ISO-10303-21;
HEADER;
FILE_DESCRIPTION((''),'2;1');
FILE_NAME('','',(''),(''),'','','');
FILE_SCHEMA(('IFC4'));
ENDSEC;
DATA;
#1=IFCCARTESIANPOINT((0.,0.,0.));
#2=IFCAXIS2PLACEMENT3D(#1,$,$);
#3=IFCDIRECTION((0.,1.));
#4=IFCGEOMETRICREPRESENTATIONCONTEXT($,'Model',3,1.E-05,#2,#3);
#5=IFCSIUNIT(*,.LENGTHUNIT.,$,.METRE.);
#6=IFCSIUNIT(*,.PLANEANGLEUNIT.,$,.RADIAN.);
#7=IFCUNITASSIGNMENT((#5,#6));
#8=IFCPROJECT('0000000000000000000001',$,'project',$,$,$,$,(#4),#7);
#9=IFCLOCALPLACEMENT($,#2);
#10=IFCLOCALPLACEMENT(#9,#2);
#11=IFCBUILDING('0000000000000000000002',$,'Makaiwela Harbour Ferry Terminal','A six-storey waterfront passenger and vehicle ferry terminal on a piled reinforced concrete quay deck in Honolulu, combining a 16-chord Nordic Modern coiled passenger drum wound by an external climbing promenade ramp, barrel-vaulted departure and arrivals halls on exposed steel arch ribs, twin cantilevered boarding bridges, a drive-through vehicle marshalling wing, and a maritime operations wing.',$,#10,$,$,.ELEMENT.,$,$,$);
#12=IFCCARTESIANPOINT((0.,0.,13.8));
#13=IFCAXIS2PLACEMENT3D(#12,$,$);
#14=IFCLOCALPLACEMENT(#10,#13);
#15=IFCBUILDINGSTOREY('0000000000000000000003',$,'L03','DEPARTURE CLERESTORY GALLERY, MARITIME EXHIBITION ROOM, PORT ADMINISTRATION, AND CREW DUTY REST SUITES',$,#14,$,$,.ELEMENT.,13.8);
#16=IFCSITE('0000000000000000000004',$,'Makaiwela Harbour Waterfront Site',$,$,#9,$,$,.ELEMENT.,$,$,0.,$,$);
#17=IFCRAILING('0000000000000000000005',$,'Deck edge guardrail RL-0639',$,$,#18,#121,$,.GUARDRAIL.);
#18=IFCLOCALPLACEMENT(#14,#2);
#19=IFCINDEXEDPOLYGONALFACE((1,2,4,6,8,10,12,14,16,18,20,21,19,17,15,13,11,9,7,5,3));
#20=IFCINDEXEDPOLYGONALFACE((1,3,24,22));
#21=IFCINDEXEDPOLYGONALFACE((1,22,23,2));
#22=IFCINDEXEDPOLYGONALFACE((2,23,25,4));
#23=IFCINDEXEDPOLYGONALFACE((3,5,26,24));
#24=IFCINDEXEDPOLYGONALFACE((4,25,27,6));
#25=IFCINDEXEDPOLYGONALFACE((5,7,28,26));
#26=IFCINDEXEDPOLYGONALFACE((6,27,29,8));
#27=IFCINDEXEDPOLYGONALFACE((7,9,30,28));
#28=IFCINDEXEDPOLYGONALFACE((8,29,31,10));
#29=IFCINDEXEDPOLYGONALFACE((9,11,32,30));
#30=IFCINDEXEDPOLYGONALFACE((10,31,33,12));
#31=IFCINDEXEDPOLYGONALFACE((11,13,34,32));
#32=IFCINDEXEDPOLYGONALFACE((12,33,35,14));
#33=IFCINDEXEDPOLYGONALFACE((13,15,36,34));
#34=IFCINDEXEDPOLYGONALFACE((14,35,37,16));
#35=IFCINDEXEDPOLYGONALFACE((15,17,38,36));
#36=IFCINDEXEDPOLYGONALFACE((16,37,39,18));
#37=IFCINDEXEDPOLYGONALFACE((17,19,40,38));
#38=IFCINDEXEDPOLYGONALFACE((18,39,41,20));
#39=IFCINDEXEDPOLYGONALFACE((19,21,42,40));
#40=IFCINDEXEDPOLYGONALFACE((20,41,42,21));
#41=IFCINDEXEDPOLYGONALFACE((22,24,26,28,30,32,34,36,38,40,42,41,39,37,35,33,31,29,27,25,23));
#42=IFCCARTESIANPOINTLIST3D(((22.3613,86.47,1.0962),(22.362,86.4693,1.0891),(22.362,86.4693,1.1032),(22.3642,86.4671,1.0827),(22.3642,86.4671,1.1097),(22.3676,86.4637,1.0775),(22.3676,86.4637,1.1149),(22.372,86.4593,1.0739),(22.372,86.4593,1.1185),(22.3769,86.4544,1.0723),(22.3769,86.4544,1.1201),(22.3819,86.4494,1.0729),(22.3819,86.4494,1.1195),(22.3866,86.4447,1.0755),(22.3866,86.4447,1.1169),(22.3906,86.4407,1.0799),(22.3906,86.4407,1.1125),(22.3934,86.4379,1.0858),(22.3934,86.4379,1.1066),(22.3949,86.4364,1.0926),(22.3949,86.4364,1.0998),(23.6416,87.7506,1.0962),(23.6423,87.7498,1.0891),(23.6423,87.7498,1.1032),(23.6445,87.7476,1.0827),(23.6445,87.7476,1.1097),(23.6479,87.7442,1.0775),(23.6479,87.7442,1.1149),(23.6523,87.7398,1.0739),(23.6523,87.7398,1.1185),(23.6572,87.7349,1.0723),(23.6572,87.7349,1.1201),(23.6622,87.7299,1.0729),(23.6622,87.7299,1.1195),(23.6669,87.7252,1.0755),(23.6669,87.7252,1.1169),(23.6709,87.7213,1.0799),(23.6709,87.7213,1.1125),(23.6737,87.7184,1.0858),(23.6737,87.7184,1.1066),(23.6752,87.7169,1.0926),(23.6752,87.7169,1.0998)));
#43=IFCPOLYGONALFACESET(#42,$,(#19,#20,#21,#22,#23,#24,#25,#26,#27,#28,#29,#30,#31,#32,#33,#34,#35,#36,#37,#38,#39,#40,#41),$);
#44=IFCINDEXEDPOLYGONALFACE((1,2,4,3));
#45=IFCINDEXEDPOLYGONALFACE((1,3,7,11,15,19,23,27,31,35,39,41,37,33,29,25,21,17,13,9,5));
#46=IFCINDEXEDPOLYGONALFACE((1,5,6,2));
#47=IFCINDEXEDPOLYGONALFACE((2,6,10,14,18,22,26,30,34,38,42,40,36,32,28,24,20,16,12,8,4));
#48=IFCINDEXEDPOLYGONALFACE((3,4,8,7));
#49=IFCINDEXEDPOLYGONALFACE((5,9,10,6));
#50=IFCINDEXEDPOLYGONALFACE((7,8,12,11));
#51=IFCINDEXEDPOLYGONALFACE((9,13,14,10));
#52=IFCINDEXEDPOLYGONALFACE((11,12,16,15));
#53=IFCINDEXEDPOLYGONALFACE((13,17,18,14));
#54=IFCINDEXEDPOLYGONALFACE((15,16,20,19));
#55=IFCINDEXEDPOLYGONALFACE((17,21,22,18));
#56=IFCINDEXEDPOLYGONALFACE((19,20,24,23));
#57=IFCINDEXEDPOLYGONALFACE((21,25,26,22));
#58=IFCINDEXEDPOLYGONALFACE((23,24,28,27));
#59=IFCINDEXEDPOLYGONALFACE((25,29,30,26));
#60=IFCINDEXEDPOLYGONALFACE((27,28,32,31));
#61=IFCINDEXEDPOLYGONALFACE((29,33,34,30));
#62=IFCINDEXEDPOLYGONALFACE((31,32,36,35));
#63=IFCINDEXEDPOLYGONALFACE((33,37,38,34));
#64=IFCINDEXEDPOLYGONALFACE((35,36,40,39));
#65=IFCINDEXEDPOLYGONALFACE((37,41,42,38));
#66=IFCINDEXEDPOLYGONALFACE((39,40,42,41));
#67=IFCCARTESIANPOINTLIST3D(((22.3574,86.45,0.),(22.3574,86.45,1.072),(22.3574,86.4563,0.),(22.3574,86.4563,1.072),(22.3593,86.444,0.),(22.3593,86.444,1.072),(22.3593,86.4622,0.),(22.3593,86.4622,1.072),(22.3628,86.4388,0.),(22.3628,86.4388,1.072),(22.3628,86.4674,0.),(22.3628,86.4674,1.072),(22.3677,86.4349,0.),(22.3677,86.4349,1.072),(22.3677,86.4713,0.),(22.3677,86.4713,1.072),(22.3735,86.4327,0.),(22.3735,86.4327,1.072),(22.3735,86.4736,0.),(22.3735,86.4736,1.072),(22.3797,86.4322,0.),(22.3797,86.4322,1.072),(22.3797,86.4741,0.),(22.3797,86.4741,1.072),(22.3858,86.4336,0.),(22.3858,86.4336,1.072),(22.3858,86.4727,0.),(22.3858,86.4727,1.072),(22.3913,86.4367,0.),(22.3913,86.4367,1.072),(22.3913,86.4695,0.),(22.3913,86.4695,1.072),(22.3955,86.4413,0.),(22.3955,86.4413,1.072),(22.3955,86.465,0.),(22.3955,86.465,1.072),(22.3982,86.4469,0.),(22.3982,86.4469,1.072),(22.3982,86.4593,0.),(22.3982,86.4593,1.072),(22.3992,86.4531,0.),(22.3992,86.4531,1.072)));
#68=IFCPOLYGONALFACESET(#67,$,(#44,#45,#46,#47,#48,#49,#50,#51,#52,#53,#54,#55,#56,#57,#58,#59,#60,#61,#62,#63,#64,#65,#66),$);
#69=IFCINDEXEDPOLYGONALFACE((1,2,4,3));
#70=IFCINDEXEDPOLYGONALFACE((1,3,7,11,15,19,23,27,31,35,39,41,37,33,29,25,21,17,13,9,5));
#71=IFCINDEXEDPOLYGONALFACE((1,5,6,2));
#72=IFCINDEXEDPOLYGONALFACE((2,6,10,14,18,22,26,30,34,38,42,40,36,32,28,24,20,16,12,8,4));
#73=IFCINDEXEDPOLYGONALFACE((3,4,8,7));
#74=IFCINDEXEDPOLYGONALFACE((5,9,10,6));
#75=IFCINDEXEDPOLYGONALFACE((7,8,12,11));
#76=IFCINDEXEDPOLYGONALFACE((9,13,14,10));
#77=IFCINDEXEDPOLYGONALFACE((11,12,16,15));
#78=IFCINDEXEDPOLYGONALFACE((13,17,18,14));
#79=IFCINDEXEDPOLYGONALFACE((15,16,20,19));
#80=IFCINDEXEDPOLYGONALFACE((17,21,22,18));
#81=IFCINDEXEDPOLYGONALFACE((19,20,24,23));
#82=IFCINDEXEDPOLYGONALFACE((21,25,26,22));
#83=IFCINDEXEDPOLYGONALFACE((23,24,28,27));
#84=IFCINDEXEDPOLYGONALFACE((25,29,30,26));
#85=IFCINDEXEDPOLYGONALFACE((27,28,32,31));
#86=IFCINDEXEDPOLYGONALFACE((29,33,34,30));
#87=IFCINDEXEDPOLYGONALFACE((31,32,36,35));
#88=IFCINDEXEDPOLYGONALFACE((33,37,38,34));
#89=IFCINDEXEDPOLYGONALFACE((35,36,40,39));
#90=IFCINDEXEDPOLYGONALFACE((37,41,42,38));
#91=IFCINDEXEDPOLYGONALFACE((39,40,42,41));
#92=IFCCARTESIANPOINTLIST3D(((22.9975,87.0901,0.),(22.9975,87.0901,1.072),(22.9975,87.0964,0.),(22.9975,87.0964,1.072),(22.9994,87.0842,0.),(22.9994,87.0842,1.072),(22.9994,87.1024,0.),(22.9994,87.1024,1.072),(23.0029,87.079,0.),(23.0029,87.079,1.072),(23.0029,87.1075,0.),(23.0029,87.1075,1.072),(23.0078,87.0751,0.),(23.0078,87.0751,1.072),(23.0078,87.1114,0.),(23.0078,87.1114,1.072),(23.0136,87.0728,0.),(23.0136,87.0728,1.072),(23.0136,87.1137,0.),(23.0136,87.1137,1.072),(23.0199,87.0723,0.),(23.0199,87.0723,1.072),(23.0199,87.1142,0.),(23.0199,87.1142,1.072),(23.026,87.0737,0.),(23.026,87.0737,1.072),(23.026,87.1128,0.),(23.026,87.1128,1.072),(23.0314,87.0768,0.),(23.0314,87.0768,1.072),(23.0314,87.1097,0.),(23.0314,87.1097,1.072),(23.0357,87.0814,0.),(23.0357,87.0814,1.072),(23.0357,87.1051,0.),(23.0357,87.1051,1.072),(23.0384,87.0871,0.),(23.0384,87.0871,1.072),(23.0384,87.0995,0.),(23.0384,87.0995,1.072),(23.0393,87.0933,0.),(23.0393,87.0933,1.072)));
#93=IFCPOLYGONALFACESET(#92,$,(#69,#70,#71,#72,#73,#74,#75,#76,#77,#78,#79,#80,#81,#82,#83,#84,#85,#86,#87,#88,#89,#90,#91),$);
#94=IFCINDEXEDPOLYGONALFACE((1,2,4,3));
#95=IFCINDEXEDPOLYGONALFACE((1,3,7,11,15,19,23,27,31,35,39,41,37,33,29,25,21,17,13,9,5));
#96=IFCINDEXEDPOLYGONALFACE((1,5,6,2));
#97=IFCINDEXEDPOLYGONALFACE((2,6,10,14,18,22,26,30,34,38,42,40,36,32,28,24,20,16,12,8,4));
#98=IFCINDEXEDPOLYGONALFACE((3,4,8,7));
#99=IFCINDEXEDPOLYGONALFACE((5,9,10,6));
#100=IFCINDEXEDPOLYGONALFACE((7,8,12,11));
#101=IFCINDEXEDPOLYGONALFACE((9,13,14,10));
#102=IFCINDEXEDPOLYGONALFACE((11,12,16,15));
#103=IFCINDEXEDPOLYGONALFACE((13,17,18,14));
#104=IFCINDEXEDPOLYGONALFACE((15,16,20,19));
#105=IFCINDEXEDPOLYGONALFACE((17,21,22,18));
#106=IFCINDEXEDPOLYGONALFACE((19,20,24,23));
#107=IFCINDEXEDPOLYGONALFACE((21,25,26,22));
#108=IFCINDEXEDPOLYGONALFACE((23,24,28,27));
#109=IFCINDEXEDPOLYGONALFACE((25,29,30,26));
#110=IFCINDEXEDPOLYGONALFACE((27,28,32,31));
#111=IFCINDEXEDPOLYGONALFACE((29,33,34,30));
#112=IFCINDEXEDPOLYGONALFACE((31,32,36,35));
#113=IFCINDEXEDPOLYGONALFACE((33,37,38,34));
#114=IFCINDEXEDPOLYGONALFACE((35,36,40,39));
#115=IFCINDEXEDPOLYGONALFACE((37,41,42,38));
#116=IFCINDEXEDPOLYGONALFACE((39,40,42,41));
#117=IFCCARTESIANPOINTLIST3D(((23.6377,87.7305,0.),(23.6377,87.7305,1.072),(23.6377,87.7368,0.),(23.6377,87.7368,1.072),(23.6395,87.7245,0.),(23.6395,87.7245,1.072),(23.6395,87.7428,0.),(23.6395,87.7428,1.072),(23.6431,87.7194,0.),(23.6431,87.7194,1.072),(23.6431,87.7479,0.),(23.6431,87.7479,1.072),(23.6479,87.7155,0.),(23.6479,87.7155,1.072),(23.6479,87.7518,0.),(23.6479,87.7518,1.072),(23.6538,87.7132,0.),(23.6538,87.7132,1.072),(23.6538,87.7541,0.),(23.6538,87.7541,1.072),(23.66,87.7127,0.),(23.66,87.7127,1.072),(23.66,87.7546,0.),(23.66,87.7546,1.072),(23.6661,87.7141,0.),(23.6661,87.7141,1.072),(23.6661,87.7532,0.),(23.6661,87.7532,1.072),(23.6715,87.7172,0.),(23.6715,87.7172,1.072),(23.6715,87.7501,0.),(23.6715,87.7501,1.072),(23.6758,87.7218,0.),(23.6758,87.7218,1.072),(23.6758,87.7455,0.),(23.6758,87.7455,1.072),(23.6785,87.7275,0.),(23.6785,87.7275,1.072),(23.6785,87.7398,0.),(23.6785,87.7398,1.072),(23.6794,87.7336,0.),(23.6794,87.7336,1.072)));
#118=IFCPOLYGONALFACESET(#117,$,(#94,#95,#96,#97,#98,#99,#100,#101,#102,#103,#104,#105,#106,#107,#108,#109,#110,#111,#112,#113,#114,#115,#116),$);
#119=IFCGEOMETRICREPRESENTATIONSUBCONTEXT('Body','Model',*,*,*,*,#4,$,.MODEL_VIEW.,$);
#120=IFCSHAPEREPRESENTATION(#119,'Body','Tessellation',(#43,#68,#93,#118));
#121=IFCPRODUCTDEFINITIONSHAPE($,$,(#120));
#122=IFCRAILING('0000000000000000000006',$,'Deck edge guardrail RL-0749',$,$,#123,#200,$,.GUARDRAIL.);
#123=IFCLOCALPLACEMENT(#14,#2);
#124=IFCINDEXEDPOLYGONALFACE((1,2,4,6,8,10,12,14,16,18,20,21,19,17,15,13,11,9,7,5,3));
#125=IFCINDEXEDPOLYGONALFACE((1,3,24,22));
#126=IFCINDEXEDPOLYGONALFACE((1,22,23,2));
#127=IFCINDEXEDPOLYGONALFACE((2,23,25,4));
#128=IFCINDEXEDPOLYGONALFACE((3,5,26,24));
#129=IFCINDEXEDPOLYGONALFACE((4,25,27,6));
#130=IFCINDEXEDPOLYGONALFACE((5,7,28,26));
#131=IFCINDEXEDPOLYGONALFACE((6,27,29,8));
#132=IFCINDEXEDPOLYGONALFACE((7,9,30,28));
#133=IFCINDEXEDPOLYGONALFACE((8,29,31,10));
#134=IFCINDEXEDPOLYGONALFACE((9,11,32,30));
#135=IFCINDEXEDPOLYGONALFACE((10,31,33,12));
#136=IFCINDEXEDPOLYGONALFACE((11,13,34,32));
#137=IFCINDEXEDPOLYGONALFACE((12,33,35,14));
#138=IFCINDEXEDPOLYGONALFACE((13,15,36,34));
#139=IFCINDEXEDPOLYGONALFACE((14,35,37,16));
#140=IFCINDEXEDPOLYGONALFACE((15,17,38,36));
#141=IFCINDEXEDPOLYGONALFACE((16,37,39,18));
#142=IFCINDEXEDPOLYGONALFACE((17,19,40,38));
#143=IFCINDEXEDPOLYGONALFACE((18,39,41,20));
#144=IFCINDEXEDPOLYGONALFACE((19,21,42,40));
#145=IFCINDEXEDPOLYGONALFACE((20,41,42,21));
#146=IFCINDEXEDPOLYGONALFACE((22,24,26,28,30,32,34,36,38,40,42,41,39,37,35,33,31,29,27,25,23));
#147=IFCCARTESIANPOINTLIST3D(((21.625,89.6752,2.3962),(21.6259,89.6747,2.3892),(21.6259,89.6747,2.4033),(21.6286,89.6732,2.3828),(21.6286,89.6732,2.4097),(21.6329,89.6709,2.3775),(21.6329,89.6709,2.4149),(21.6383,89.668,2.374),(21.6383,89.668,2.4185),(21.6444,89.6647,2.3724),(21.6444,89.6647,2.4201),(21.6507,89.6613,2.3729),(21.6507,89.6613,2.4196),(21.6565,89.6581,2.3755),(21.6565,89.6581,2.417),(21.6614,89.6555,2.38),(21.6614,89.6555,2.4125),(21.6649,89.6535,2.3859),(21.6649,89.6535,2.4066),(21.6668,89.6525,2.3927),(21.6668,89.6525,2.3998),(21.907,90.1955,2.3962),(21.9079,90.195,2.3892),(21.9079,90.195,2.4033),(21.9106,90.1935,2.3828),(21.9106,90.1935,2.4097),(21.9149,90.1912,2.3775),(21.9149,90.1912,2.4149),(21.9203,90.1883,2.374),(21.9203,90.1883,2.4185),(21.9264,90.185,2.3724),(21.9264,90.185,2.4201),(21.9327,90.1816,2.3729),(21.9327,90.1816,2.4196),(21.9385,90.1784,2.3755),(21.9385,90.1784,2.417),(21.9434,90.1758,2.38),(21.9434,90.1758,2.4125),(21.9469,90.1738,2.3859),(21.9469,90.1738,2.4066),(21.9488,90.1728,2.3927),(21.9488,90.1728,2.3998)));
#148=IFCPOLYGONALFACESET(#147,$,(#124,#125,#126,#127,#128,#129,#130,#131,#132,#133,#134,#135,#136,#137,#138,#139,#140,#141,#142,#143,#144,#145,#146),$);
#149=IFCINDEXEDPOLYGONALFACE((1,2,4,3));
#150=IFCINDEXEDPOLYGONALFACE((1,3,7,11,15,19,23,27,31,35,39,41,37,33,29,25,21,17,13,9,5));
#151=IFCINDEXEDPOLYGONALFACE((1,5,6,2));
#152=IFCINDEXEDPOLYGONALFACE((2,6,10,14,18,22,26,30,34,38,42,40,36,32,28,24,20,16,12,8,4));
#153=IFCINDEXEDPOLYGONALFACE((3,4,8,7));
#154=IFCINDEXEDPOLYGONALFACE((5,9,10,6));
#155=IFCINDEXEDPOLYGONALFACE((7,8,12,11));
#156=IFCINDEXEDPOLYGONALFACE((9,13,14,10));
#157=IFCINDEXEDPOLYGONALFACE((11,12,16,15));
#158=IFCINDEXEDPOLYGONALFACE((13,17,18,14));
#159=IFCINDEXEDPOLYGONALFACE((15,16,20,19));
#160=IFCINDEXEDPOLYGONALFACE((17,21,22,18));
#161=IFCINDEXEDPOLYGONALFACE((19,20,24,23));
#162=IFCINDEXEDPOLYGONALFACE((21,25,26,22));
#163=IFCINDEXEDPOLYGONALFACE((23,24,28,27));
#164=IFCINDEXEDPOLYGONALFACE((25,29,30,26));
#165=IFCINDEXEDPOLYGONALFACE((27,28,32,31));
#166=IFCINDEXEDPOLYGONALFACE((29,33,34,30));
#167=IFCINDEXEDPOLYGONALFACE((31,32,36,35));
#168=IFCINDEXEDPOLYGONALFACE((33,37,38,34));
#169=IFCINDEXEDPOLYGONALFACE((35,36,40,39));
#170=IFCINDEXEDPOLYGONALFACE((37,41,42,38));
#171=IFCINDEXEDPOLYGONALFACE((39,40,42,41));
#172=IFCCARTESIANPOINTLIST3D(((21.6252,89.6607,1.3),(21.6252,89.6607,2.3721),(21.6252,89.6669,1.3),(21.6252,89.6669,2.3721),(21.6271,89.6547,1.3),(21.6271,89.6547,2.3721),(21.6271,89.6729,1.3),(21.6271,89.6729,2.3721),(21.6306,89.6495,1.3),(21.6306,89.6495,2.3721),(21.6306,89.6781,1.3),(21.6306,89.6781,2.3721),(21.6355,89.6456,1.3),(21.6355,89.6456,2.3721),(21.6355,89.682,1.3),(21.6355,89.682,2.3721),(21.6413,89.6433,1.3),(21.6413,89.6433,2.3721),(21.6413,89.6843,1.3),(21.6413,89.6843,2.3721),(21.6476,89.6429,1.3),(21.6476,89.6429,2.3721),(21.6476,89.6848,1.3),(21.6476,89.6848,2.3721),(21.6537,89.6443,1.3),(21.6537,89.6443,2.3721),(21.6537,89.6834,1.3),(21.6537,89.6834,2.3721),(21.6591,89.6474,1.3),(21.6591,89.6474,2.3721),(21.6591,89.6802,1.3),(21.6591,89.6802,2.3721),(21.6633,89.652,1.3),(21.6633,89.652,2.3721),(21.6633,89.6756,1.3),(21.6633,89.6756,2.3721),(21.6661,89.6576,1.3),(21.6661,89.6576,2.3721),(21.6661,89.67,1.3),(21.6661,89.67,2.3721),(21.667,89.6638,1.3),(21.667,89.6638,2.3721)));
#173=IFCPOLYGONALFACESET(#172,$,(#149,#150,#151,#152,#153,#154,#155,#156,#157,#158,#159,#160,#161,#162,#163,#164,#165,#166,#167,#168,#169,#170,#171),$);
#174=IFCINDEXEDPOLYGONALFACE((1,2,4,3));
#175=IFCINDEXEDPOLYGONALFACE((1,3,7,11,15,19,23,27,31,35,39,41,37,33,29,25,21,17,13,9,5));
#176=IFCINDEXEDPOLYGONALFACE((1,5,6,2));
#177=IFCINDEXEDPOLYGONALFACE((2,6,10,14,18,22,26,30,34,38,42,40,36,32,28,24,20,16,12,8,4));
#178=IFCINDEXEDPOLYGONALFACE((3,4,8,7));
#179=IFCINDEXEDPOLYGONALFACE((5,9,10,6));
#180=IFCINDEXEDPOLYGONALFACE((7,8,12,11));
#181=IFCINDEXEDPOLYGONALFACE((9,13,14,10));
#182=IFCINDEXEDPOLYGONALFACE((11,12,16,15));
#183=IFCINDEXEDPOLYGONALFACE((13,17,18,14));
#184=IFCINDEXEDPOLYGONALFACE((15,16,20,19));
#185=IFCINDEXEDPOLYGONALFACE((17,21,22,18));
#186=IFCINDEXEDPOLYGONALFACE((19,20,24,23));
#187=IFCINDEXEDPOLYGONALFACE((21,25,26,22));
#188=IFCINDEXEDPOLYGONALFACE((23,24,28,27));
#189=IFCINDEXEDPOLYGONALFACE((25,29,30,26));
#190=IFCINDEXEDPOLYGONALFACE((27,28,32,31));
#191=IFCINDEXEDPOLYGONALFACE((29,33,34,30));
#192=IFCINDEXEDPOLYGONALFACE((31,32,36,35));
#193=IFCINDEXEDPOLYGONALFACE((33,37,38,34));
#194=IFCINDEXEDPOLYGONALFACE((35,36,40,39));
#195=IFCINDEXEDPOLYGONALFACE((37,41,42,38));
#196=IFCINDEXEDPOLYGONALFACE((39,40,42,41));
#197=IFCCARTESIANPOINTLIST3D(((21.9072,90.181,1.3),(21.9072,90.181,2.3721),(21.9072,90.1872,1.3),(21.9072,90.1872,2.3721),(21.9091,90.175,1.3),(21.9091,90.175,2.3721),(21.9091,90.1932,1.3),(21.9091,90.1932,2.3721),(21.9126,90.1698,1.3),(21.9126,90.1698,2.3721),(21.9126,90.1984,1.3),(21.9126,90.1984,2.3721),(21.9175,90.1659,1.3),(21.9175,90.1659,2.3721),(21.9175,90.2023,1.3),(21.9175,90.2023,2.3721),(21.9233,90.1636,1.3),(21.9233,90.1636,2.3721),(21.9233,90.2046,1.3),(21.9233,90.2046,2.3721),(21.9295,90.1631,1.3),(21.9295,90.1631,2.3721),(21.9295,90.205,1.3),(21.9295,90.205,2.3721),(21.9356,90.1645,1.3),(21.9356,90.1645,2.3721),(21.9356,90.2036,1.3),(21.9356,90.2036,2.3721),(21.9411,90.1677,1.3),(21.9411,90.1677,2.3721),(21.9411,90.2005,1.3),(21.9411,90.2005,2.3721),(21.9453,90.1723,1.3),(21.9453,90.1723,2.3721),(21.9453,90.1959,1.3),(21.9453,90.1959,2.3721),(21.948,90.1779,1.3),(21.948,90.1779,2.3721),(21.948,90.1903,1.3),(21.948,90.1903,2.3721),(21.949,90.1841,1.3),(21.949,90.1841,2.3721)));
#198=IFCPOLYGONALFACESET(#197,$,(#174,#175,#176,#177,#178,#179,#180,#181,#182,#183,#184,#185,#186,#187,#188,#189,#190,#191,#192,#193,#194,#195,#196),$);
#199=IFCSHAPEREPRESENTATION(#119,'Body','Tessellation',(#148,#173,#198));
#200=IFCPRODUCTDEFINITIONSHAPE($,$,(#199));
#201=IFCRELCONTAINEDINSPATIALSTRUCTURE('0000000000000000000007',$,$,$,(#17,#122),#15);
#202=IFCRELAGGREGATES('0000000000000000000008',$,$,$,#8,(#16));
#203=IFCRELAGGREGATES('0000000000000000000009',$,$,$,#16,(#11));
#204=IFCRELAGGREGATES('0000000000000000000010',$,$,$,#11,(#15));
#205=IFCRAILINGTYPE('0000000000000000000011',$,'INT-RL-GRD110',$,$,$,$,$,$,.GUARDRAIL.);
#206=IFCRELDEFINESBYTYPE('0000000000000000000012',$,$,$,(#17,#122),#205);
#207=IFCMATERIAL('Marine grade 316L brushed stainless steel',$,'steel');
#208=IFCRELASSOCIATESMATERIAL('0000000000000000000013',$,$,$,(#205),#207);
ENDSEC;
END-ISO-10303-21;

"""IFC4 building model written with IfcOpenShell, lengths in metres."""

from ifc_helpers import new_model, si_unit, direction, frame, origin, origin_2d, place, context, subcontext, project, spatial, circle, extrude, material, type_object, element, save


model = new_model("IFC4")

# Units and contexts
model_context = context("Model", 3, precision=1e-05, world=origin(), true_north=direction((0.0, 1.0)))
body_context = subcontext(model_context, "Body", "Model", "MODEL_VIEW")
ifc_project = project(units=[si_unit("LENGTHUNIT", "METRE"), si_unit("PLANEANGLEUNIT", "RADIAN")], contexts=[model_context])

# Site, building, storey
site_placement = place(None, origin())
site = spatial("IfcSite", under=ifc_project, at=site_placement, Name="Makaiwela Harbour Waterfront Site", CompositionType="ELEMENT", RefElevation=0.0)
building_placement = place(site_placement, origin())
building = spatial("IfcBuilding", under=site, at=building_placement, Name="Makaiwela Harbour Ferry Terminal", Description="A six-storey waterfront passenger and vehicle ferry terminal on a piled reinforced concrete quay deck in Honolulu, combining a 16-chord Nordic Modern coiled passenger drum wound by an external climbing promenade ramp, barrel-vaulted departure and arrivals halls on exposed steel arch ribs, twin cantilevered boarding bridges, a drive-through vehicle marshalling wing, and a maritime operations wing.", CompositionType="ELEMENT")
storey_placement = place(building_placement, frame((0.0, 0.0, 13.8)))
storey = spatial("IfcBuildingStorey", under=building, at=storey_placement, Name="L03", Description="DEPARTURE CLERESTORY GALLERY, MARITIME EXHIBITION ROOM, PORT ADMINISTRATION, AND CREW DUTY REST SUITES", CompositionType="ELEMENT", Elevation=13.8)

# Railings
ifc_material_1 = material(Name="Marine grade 316L brushed stainless steel", Category="steel")
railing_type_1 = type_object("IfcRailingType", Name="INT-RL-GRD110", PredefinedType="GUARDRAIL", material=ifc_material_1)
railing_1_placement = place(storey_placement, frame((22.3782, 86.4531, 0.0)))
element("IfcRailing", 1, at=railing_1_placement, inside=storey, type_object=railing_type_1, Name="Deck edge guardrail RL-0639", PredefinedType="GUARDRAIL", context=body_context, shape_type="SweptSolid", body=[
    extrude(circle(Radius=0.0239, at=origin_2d()), frame((0.0, 0.0, 1.0962), z_axis=(0.707039, 0.707174, 0.0), x_axis=(-0.707174, 0.707039, 0.0)), (0.0, 0.0, 1.0), 1.8108),
    extrude(circle(Radius=0.021, at=origin_2d()), origin(), (0.0, 0.0, 1.0), 1.072),
    extrude(circle(Radius=0.021, at=origin_2d()), frame((0.6401, 0.6401, 0.0)), (0.0, 0.0, 1.0), 1.072),
    extrude(circle(Radius=0.021, at=origin_2d()), frame((1.2803, 1.2805, 0.0)), (0.0, 0.0, 1.0), 1.072),
])
railing_2_placement = place(storey_placement, frame((21.646, 89.6638, 1.3)))
element("IfcRailing", 2, at=railing_2_placement, inside=storey, type_object=railing_type_1, Name="Deck edge guardrail RL-0749", PredefinedType="GUARDRAIL", context=body_context, shape_type="SweptSolid", body=[
    extrude(circle(Radius=0.0239, at=origin_2d()), frame((0.0, 0.0, 1.0962), z_axis=(0.476509, 0.87917, 0.0), x_axis=(-0.87917, 0.476509, 0.0)), (0.0, 0.0, 1.0), 0.5918),
    extrude(circle(Radius=0.021, at=origin_2d()), origin(), (0.0, 0.0, 1.0), 1.072),
    extrude(circle(Radius=0.021, at=origin_2d()), frame((0.282, 0.5203, 0.0)), (0.0, 0.0, 1.0), 1.072),
])

save(model, "model.ifc")
